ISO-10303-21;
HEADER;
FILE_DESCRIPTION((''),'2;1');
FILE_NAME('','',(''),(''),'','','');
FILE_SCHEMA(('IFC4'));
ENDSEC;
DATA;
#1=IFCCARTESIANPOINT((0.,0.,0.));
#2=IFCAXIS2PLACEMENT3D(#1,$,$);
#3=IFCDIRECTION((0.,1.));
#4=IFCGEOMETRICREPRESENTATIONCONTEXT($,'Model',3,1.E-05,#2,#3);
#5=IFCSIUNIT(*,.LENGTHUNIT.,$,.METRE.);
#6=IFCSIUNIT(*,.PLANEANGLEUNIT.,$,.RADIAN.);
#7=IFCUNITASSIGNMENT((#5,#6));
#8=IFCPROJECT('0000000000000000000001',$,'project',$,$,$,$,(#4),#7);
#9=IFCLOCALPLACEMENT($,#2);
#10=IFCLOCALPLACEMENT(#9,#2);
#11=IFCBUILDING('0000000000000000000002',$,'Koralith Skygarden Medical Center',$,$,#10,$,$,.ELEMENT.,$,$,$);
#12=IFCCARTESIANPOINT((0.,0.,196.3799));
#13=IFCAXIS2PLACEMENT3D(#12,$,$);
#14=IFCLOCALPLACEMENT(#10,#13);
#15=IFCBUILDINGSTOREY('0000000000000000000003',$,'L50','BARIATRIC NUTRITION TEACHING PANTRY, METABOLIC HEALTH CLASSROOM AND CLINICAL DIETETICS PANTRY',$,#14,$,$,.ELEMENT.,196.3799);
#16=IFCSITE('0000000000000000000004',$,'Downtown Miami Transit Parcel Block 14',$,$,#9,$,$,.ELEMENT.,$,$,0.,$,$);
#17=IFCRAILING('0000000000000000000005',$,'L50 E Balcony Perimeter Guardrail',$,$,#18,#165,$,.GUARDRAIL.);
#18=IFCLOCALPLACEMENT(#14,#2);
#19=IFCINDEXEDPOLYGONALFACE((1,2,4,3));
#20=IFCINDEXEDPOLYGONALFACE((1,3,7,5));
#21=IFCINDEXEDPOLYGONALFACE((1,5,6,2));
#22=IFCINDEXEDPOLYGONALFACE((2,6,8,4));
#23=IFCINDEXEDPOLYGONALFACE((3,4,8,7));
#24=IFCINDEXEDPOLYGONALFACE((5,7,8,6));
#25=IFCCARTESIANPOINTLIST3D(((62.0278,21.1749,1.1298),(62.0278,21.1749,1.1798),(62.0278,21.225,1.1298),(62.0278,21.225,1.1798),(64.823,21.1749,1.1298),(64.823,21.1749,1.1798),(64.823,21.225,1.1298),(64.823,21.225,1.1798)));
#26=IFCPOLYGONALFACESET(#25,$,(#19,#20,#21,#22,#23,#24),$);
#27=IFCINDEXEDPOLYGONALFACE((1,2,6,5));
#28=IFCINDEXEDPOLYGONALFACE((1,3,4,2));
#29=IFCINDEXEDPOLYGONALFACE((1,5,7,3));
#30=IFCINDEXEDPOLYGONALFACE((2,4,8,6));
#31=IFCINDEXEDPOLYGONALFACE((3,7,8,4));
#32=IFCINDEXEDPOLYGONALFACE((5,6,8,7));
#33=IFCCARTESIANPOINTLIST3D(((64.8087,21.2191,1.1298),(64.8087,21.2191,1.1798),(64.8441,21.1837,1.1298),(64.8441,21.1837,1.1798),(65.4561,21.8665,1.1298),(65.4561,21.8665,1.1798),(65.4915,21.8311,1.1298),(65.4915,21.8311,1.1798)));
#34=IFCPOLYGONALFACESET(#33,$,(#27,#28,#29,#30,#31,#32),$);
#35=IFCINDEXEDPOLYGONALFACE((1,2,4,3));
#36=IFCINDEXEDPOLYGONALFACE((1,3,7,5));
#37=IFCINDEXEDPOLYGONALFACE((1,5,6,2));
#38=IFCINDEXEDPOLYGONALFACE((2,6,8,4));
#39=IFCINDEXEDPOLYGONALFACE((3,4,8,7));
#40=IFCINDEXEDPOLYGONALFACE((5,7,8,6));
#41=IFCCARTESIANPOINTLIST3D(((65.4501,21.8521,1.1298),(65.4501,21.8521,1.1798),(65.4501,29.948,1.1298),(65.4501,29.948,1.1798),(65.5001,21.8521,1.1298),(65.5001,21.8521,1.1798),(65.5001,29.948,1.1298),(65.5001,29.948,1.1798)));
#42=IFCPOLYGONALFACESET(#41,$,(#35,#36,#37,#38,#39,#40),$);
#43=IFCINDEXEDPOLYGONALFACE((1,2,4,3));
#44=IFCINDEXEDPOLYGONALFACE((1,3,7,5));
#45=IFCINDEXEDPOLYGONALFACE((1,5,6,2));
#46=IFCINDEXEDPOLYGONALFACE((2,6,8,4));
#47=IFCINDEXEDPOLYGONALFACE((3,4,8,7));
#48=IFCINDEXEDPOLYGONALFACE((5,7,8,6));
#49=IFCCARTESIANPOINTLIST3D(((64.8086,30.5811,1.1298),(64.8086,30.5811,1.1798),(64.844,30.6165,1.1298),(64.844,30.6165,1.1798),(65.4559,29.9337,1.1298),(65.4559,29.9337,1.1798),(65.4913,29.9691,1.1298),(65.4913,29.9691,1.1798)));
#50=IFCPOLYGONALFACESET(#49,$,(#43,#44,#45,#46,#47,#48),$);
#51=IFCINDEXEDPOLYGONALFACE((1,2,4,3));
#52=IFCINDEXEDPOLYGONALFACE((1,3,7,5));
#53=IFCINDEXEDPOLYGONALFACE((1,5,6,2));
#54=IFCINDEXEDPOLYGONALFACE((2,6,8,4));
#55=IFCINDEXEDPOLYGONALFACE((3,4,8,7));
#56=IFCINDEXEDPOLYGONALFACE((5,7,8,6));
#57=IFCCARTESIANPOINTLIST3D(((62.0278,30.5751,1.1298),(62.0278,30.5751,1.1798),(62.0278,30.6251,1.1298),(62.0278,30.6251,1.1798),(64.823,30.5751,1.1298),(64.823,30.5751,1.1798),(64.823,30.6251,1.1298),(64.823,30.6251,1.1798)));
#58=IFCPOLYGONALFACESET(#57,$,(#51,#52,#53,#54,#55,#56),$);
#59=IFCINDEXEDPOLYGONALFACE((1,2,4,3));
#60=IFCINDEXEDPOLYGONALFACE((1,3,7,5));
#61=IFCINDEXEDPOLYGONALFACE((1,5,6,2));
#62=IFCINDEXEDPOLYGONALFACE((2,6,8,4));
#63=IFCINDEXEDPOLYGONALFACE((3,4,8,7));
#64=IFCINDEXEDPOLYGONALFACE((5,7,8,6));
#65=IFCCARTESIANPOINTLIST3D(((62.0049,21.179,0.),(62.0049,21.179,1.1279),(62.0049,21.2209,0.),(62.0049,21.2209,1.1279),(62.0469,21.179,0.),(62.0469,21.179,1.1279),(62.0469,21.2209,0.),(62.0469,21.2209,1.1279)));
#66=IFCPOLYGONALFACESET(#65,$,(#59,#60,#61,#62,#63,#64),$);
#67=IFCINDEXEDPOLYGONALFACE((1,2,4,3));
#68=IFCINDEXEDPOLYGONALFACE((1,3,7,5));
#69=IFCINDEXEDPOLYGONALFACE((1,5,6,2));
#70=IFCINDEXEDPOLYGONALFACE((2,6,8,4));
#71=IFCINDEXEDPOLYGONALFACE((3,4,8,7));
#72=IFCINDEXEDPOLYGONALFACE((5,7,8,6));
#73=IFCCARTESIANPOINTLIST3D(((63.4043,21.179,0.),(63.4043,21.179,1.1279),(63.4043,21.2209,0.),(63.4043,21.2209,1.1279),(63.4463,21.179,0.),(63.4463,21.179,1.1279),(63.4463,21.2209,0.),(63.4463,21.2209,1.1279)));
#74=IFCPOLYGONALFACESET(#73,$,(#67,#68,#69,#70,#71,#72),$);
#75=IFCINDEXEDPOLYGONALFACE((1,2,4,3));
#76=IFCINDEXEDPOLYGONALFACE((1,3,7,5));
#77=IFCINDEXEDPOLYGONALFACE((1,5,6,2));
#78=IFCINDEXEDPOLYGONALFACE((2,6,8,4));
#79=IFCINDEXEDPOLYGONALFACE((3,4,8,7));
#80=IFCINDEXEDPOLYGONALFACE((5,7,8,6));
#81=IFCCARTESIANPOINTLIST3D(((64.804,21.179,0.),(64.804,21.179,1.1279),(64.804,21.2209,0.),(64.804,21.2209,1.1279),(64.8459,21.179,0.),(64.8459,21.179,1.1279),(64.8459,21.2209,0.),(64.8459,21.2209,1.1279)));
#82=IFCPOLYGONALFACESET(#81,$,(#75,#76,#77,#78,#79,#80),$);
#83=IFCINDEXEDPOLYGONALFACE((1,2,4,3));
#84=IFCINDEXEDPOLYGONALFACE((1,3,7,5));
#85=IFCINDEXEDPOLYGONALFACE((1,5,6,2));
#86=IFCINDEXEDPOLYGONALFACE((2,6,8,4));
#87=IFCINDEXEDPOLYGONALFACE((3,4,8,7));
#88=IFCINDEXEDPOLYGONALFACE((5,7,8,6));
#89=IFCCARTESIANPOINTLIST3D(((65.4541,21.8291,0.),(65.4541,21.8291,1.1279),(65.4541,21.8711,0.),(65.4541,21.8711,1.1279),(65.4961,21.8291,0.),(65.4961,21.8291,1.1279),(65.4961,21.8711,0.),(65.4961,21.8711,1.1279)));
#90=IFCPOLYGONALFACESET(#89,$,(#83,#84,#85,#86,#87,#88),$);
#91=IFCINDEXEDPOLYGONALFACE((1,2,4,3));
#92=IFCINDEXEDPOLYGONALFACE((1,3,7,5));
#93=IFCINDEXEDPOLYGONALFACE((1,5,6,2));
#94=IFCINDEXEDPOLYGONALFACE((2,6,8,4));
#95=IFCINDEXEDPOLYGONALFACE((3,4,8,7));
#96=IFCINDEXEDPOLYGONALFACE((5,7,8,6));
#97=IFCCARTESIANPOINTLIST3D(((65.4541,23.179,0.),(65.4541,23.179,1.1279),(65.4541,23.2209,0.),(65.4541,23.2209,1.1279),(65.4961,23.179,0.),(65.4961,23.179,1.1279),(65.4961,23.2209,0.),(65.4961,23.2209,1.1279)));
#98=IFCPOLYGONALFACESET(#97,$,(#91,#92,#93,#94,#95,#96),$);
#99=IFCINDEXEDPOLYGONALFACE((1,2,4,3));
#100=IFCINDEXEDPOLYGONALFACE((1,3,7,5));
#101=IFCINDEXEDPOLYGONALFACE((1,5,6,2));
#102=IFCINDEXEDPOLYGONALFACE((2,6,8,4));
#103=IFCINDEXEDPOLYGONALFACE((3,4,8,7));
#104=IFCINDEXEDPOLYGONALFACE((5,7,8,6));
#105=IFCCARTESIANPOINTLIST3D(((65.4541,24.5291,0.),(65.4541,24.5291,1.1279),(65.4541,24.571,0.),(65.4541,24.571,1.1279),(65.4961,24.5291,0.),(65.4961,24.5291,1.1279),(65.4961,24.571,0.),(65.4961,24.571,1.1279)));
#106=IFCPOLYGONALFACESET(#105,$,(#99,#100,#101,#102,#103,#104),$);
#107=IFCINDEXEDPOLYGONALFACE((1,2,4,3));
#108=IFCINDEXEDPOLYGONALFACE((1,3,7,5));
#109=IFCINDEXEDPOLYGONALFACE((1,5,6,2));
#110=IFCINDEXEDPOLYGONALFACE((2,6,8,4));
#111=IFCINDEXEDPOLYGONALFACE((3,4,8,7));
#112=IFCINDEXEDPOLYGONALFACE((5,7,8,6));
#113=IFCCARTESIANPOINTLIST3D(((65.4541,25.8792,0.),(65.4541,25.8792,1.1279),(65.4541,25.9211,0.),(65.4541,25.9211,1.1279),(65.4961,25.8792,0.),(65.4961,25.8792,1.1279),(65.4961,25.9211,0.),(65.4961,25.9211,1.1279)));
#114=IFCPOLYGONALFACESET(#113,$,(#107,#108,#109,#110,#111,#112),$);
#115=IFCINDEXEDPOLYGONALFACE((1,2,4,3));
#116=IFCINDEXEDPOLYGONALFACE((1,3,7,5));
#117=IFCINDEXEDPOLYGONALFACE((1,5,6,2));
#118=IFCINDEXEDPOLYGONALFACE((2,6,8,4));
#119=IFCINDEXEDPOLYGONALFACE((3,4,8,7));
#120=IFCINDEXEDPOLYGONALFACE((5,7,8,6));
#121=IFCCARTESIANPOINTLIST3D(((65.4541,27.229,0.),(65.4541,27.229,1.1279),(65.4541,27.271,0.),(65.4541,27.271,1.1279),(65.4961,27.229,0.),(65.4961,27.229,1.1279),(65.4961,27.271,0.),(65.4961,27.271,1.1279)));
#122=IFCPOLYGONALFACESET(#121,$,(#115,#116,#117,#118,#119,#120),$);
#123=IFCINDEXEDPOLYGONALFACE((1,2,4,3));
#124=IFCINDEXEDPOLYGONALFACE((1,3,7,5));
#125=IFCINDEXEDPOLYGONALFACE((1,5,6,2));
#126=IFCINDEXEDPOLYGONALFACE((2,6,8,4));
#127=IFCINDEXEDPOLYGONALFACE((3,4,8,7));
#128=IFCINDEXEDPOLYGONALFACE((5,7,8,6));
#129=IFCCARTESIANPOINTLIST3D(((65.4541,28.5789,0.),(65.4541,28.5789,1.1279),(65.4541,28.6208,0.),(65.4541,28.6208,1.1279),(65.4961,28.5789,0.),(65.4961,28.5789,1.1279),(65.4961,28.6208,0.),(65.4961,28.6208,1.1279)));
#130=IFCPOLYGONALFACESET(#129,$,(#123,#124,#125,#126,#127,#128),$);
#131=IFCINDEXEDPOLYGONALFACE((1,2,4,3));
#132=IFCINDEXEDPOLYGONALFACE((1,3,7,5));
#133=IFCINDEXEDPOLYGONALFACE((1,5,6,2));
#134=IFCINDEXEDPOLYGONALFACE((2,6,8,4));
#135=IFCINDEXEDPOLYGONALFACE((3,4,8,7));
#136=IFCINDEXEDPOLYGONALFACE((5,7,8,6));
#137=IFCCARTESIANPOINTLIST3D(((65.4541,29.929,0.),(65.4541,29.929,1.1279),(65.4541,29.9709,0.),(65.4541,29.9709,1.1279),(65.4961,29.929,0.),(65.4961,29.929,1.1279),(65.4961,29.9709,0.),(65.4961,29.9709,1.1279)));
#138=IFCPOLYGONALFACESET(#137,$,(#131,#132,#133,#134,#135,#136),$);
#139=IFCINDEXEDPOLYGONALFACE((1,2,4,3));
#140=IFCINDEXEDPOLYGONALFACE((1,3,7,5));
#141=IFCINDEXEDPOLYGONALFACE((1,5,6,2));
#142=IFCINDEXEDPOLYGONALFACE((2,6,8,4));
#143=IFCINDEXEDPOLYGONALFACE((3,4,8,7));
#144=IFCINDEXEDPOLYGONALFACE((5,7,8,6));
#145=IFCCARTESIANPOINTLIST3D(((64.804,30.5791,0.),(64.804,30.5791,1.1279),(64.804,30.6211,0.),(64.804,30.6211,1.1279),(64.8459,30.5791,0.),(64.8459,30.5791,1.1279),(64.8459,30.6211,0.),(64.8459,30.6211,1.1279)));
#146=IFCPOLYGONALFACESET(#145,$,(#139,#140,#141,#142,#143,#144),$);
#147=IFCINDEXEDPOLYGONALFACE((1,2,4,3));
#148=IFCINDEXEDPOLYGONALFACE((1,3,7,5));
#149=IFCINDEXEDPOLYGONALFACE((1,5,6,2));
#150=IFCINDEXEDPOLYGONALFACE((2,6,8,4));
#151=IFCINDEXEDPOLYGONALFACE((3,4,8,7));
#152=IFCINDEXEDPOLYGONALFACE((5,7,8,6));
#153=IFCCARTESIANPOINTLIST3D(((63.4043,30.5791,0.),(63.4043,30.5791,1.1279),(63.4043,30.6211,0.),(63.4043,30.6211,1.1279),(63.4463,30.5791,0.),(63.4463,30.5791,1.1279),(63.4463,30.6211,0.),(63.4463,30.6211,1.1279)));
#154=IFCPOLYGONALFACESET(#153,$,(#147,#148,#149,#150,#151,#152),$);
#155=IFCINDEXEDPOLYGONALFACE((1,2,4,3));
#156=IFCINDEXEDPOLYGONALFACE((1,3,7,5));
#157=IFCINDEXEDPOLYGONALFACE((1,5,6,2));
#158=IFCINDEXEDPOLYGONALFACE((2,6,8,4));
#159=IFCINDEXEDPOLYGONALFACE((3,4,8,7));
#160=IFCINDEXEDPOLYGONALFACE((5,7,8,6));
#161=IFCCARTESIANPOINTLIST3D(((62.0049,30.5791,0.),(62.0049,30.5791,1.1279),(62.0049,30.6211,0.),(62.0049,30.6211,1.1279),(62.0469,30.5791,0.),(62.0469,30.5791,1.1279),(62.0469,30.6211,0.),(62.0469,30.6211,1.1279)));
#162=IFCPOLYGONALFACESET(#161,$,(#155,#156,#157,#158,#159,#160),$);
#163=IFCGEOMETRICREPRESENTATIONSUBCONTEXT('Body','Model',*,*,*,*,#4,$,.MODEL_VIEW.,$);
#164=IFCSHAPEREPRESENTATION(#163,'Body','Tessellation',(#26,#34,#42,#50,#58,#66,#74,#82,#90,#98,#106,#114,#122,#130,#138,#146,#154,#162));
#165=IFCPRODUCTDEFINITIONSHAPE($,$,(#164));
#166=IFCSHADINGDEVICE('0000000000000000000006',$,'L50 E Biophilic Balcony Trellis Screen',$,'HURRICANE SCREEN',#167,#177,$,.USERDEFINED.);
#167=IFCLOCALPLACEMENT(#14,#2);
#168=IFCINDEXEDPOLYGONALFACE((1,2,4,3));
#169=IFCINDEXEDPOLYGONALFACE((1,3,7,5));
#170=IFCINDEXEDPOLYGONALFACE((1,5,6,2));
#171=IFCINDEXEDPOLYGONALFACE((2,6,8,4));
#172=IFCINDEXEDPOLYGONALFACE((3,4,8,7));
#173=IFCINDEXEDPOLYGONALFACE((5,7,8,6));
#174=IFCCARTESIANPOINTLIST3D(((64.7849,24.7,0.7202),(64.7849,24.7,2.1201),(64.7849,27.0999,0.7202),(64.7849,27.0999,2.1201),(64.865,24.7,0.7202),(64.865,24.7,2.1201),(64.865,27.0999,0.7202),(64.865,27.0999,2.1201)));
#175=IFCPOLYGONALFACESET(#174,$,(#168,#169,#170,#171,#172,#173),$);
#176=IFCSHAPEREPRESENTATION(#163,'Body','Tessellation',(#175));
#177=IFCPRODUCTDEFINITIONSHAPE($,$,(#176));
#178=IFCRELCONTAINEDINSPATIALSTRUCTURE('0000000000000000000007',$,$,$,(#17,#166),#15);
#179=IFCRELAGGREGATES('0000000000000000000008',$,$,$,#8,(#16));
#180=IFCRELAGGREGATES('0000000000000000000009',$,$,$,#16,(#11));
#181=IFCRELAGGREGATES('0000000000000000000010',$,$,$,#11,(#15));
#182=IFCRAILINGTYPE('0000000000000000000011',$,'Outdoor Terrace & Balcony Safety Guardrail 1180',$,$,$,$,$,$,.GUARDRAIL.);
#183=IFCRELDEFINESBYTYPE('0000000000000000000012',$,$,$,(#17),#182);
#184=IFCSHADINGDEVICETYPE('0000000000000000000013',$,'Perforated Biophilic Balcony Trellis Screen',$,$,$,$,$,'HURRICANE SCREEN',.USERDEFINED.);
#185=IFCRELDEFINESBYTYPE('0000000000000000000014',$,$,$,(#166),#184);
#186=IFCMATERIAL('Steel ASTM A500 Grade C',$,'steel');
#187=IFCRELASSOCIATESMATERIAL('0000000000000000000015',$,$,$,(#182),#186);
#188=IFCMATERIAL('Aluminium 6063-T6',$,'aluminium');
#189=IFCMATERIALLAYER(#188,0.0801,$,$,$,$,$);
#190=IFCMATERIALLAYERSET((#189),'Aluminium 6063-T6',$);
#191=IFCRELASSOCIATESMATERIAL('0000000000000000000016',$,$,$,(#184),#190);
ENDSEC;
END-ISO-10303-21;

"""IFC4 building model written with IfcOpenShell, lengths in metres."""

from ifc_helpers import new_model, si_unit, direction, frame, origin, origin_2d, place, context, subcontext, project, spatial, rectangle, extrude, material, layer, layer_set, type_object, element, save


model = new_model("IFC4")

# Units and contexts
model_context = context("Model", 3, precision=1e-05, world=origin(), true_north=direction((0.0, 1.0)))
body_context = subcontext(model_context, "Body", "Model", "MODEL_VIEW")
ifc_project = project(units=[si_unit("LENGTHUNIT", "METRE"), si_unit("PLANEANGLEUNIT", "RADIAN")], contexts=[model_context])

# Site, building, storey
site_placement = place(None, origin())
site = spatial("IfcSite", under=ifc_project, at=site_placement, Name="Downtown Miami Transit Parcel Block 14", CompositionType="ELEMENT", RefElevation=0.0)
building_placement = place(site_placement, origin())
building = spatial("IfcBuilding", under=site, at=building_placement, Name="Koralith Skygarden Medical Center", CompositionType="ELEMENT")
storey_placement = place(building_placement, frame((0.0, 0.0, 196.3799)))
storey = spatial("IfcBuildingStorey", under=building, at=storey_placement, Name="L50", Description="BARIATRIC NUTRITION TEACHING PANTRY, METABOLIC HEALTH CLASSROOM AND CLINICAL DIETETICS PANTRY", CompositionType="ELEMENT", Elevation=196.3799)

# Shared definitions
ifc_material_1 = material(Name="Aluminium 6063-T6", Category="aluminium")

# Railing
ifc_material_2 = material(Name="Steel ASTM A500 Grade C", Category="steel")
railing_type = type_object("IfcRailingType", Name="Outdoor Terrace & Balcony Safety Guardrail 1180", PredefinedType="GUARDRAIL", material=ifc_material_2)
railing_placement = place(storey_placement, frame((62.0259, 21.2, 0.0)))
element("IfcRailing", 1, at=railing_placement, inside=storey, type_object=railing_type, Name="L50 E Balcony Perimeter Guardrail", PredefinedType="GUARDRAIL", context=body_context, shape_type="SweptSolid", body=[
    extrude(rectangle(XDim=0.05, YDim=0.05, at=origin_2d()), frame((0.002, 0.0, 1.1548), z_axis=(1.0, 0.0, 0.0), x_axis=(0.0, 1.0, 0.0)), (0.0, 0.0, 1.0), 2.7952),
    extrude(rectangle(XDim=0.05, YDim=0.05, at=origin_2d()), frame((2.8005, 0.0015, 1.1548), z_axis=(0.707107, 0.707107, 0.0), x_axis=(-0.707107, 0.707107, 0.0)), (0.0, 0.0, 1.0), 0.9155),
    extrude(rectangle(XDim=0.05, YDim=0.05, at=origin_2d()), frame((3.4492, 0.6521, 1.1548), z_axis=(0.0, 1.0, 0.0), x_axis=(-1.0, 0.0, 0.0)), (0.0, 0.0, 1.0), 8.0959),
    extrude(rectangle(XDim=0.05, YDim=0.05, at=origin_2d()), frame((3.4478, 8.7515, 1.1548), z_axis=(-0.707107, 0.707107, 0.0), x_axis=(-0.707107, -0.707107, 0.0)), (0.0, 0.0, 1.0), 0.9155),
    extrude(rectangle(XDim=0.05, YDim=0.05, at=origin_2d()), frame((2.7971, 9.4001, 1.1548), z_axis=(-1.0, 0.0, 0.0), x_axis=(0.0, -1.0, 0.0)), (0.0, 0.0, 1.0), 2.7952),
    extrude(rectangle(XDim=0.042, YDim=0.042, at=origin_2d()), origin(), (0.0, 0.0, 1.0), 1.1279),
    extrude(rectangle(XDim=0.042, YDim=0.042, at=origin_2d()), frame((1.3994, 0.0, 0.0)), (0.0, 0.0, 1.0), 1.1279),
    extrude(rectangle(XDim=0.042, YDim=0.042, at=origin_2d()), frame((2.7991, 0.0, 0.0)), (0.0, 0.0, 1.0), 1.1279),
    extrude(rectangle(XDim=0.042, YDim=0.042, at=origin_2d()), frame((3.4492, 0.6501, 0.0)), (0.0, 0.0, 1.0), 1.1279),
    extrude(rectangle(XDim=0.042, YDim=0.042, at=origin_2d()), frame((3.4492, 2.0, 0.0)), (0.0, 0.0, 1.0), 1.1279),
    extrude(rectangle(XDim=0.042, YDim=0.042, at=origin_2d()), frame((3.4492, 3.3501, 0.0)), (0.0, 0.0, 1.0), 1.1279),
    extrude(rectangle(XDim=0.042, YDim=0.042, at=origin_2d()), frame((3.4492, 4.7002, 0.0)), (0.0, 0.0, 1.0), 1.1279),
    extrude(rectangle(XDim=0.042, YDim=0.042, at=origin_2d()), frame((3.4492, 6.05, 0.0)), (0.0, 0.0, 1.0), 1.1279),
    extrude(rectangle(XDim=0.042, YDim=0.042, at=origin_2d()), frame((3.4492, 7.3999, 0.0)), (0.0, 0.0, 1.0), 1.1279),
    extrude(rectangle(XDim=0.042, YDim=0.042, at=origin_2d()), frame((3.4492, 8.75, 0.0)), (0.0, 0.0, 1.0), 1.1279),
    extrude(rectangle(XDim=0.042, YDim=0.042, at=origin_2d()), frame((2.7991, 9.4001, 0.0)), (0.0, 0.0, 1.0), 1.1279),
    extrude(rectangle(XDim=0.042, YDim=0.042, at=origin_2d()), frame((1.3994, 9.4001, 0.0)), (0.0, 0.0, 1.0), 1.1279),
    extrude(rectangle(XDim=0.042, YDim=0.042, at=origin_2d()), frame((0.0, 9.4001, 0.0)), (0.0, 0.0, 1.0), 1.1279),
])

# Shading device
ifc_layer_1 = layer(ifc_material_1, 0.0801)
ifc_layer_set_1 = layer_set([ifc_layer_1], Name="Aluminium 6063-T6")
shading_device_type = type_object("IfcShadingDeviceType", Name="Perforated Biophilic Balcony Trellis Screen", ElementType="HURRICANE SCREEN", PredefinedType="USERDEFINED", material=ifc_layer_set_1)
shading_device_placement = place(storey_placement, frame((64.825, 25.8999, 0.7202), z_axis=(0.0, 0.0, 1.0), x_axis=(0.0, 1.0, 0.0)))
element("IfcShadingDevice", 2, at=shading_device_placement, inside=storey, type_object=shading_device_type, Name="L50 E Biophilic Balcony Trellis Screen", ObjectType="HURRICANE SCREEN", PredefinedType="USERDEFINED", context=body_context, shape_type="SweptSolid", body=[
    extrude(rectangle(XDim=2.3999, YDim=0.0801, at=origin_2d()), origin(), (0.0, 0.0, 1.0), 1.3999),
])

save(model, "model.ifc")
